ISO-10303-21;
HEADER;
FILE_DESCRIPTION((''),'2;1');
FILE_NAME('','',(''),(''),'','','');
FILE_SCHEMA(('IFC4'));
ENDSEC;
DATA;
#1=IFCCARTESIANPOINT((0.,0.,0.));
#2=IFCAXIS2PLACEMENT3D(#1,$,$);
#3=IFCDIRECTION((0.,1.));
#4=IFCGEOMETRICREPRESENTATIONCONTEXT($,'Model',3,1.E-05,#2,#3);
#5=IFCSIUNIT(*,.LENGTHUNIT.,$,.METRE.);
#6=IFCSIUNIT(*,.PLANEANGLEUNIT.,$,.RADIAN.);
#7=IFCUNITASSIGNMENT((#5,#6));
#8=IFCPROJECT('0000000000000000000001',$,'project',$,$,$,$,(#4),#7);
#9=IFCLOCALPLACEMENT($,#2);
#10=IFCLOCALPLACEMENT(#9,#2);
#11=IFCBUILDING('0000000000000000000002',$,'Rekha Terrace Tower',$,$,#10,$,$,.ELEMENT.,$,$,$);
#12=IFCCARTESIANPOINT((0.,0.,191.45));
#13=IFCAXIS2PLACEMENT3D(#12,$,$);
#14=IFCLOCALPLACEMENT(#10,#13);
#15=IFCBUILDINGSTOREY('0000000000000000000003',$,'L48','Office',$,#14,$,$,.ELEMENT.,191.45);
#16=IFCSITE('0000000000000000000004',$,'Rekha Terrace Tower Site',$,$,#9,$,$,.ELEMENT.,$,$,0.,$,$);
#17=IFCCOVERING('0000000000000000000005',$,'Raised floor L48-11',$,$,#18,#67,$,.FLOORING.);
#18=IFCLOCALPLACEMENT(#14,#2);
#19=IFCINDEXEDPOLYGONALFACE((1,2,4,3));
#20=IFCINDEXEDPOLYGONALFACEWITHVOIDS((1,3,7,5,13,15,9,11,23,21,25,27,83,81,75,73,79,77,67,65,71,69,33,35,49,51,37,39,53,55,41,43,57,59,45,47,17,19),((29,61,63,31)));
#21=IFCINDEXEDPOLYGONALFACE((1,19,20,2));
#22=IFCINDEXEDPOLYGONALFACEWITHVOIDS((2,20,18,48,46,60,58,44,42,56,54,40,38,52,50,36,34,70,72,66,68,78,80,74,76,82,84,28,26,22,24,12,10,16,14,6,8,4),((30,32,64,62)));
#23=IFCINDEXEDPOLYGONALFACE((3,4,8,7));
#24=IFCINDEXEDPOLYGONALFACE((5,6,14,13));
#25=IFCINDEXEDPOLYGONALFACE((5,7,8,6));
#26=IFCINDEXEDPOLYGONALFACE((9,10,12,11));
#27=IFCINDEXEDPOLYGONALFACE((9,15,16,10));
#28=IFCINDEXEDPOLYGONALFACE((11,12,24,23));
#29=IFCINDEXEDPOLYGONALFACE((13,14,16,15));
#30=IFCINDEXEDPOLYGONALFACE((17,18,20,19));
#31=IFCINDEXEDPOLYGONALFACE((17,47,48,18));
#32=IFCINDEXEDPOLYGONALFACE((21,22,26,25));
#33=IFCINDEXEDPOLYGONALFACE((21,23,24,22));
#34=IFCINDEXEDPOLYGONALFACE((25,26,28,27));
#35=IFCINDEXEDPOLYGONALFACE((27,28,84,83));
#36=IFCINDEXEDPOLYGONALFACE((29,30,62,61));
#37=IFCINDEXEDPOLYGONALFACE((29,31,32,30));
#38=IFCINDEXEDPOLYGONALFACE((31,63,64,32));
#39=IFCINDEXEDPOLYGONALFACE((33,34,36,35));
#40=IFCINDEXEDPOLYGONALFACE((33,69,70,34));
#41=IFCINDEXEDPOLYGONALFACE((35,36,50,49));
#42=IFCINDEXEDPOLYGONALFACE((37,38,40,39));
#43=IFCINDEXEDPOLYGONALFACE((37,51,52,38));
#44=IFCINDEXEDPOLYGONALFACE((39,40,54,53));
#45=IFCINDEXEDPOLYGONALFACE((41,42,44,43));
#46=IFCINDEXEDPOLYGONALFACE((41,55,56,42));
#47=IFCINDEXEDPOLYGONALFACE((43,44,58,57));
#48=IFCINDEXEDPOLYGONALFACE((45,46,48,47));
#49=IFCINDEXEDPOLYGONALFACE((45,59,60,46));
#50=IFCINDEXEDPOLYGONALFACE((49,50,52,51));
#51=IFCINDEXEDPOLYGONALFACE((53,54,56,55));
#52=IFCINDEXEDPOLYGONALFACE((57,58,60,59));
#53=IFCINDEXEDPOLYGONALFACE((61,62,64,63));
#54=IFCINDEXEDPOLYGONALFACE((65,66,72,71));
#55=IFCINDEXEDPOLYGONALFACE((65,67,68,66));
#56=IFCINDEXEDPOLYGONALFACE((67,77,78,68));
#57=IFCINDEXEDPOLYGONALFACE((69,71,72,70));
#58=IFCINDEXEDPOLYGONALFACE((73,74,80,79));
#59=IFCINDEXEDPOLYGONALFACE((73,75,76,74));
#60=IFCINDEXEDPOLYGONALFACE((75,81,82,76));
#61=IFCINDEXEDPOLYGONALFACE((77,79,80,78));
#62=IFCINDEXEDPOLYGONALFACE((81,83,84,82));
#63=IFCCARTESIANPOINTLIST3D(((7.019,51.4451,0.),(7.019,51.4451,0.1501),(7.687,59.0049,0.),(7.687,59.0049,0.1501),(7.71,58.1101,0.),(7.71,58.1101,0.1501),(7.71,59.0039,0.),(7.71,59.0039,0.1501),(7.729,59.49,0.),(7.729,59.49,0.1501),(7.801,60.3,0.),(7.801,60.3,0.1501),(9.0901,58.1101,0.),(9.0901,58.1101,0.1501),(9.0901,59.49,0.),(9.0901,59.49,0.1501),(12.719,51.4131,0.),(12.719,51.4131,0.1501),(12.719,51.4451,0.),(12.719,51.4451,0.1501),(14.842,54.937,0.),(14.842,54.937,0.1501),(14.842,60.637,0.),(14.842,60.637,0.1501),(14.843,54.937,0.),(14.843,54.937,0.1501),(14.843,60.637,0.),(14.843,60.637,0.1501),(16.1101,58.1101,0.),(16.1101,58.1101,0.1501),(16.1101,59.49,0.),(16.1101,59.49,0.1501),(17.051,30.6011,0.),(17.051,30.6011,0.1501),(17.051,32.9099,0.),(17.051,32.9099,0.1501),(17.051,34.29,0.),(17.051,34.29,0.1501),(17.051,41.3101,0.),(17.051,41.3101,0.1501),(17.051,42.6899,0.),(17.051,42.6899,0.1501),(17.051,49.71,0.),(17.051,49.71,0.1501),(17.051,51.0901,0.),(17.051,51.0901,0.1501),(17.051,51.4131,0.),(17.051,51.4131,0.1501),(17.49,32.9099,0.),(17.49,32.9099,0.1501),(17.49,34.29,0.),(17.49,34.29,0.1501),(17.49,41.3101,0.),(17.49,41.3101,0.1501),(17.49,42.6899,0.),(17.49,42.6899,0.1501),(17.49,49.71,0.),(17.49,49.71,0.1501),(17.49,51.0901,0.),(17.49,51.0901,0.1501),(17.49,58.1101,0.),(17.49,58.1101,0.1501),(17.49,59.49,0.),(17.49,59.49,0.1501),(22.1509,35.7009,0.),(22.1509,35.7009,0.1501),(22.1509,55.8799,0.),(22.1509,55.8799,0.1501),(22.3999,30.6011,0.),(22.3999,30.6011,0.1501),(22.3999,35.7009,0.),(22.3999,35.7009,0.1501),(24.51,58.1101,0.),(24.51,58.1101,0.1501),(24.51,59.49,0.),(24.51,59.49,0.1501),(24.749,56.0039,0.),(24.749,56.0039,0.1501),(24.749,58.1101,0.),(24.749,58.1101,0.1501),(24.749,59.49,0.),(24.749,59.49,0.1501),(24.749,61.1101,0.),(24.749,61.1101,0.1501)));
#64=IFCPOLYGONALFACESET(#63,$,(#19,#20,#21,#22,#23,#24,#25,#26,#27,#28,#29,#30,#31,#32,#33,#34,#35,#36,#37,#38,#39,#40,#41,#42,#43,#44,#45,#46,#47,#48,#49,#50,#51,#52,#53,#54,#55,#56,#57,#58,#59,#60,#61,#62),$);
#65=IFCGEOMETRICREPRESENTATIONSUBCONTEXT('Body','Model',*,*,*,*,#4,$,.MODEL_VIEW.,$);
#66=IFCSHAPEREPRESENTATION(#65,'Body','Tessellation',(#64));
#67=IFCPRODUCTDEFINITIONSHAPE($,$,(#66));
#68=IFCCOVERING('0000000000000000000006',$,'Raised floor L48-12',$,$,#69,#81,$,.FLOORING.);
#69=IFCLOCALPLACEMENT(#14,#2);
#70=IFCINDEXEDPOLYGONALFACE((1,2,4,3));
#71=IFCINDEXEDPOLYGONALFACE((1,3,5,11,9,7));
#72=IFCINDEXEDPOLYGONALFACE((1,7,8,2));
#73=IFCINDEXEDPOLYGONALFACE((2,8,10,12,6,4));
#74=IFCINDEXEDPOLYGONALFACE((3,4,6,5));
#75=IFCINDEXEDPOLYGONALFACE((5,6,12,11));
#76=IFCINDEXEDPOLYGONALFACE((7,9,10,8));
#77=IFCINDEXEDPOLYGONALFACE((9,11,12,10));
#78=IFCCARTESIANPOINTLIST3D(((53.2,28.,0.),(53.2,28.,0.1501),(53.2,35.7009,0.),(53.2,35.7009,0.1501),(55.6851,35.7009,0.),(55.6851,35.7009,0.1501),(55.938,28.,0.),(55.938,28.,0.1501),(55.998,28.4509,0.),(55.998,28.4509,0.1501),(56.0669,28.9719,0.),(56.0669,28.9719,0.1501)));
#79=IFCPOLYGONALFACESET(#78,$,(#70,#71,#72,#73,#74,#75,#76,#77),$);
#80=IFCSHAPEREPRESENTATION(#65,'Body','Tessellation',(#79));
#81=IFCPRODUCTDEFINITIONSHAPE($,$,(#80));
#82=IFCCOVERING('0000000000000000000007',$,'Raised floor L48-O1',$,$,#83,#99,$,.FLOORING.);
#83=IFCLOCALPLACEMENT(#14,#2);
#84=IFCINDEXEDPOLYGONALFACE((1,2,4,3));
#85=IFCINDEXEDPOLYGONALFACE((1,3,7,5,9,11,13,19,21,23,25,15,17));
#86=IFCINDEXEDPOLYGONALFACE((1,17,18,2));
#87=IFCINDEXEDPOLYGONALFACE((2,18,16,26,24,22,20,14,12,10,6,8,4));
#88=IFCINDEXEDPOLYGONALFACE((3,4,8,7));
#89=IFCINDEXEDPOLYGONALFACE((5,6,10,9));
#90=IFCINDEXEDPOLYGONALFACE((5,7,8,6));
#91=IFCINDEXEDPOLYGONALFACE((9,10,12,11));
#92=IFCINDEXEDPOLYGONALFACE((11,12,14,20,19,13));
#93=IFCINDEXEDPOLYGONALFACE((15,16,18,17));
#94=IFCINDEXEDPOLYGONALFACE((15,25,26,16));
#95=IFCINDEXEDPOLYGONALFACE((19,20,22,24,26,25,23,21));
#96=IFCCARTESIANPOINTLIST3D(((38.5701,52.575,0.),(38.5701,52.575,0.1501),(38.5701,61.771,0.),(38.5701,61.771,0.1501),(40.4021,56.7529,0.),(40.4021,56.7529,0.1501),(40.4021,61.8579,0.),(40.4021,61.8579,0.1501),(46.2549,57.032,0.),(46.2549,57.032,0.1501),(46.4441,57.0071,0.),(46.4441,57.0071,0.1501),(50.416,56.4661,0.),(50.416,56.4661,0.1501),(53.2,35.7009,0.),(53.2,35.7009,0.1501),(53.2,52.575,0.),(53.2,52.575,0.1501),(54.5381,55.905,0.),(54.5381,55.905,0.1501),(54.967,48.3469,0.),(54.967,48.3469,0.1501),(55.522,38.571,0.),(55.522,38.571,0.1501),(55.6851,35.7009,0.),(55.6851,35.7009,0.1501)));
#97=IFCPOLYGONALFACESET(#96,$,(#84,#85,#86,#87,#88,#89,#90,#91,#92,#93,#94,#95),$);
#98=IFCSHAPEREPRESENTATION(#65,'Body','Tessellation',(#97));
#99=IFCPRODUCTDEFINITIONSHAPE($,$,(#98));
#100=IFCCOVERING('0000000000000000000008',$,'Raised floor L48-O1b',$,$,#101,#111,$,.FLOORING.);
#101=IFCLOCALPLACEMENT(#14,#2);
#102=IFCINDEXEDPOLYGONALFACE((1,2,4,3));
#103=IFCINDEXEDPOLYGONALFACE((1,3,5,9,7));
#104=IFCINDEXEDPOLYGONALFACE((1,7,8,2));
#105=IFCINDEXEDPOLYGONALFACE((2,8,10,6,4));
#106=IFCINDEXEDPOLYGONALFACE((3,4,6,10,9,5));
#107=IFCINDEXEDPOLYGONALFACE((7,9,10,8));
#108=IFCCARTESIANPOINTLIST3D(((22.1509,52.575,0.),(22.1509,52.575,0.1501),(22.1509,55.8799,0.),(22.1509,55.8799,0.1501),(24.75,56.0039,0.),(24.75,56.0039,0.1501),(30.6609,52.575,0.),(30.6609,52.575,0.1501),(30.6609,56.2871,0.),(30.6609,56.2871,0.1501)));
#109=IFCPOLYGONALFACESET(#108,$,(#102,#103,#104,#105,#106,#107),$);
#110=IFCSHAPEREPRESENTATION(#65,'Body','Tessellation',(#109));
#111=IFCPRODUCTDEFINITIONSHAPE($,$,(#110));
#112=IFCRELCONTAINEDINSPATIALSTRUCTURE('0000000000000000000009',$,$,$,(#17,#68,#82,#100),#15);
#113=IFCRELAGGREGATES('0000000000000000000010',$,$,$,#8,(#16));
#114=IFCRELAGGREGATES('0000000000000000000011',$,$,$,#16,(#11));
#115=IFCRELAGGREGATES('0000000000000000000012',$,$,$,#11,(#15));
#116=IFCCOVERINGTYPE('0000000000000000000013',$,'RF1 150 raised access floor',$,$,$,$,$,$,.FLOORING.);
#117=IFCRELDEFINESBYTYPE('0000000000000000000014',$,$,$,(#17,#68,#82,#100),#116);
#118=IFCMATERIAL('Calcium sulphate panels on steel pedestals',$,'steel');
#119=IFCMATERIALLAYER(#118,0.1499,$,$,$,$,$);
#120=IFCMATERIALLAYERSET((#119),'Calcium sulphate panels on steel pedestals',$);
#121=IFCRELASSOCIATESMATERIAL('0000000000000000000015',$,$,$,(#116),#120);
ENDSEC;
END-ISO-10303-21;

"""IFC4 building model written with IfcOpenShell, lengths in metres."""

from ifc_helpers import new_model, si_unit, direction, frame, origin, place, context, subcontext, project, spatial, polyline, outline, extrude, material, layer, layer_set, type_object, element, save


model = new_model("IFC4")

# Units and contexts
model_context = context("Model", 3, precision=1e-05, world=origin(), true_north=direction((0.0, 1.0)))
body_context = subcontext(model_context, "Body", "Model", "MODEL_VIEW")
ifc_project = project(units=[si_unit("LENGTHUNIT", "METRE"), si_unit("PLANEANGLEUNIT", "RADIAN")], contexts=[model_context])

# Site, building, storey
site_placement = place(None, origin())
site = spatial("IfcSite", under=ifc_project, at=site_placement, Name="Rekha Terrace Tower Site", CompositionType="ELEMENT", RefElevation=0.0)
building_placement = place(site_placement, origin())
building = spatial("IfcBuilding", under=site, at=building_placement, Name="Rekha Terrace Tower", CompositionType="ELEMENT")
storey_placement = place(building_placement, frame((0.0, 0.0, 191.45)))
storey = spatial("IfcBuildingStorey", under=building, at=storey_placement, Name="L48", Description="Office", CompositionType="ELEMENT", Elevation=191.45)

# Coverings
ifc_material_1 = material(Name="Calcium sulphate panels on steel pedestals", Category="steel")
ifc_layer_1 = layer(ifc_material_1, 0.1499)
ifc_layer_set_1 = layer_set([ifc_layer_1], Name="Calcium sulphate panels on steel pedestals")
covering_type_1 = type_object("IfcCoveringType", Name="RF1 150 raised access floor", PredefinedType="FLOORING", material=ifc_layer_set_1)
covering_1_placement = place(storey_placement, origin())
element("IfcCovering", 1, at=covering_1_placement, inside=storey, type_object=covering_type_1, Name="Raised floor L48-11", PredefinedType="FLOORING", context=body_context, shape_type="SweptSolid", body=[
    extrude(outline(polyline([(7.687, 59.0049), (7.019, 51.4451), (12.719, 51.4451), (12.719, 51.4131), (17.051, 51.4131), (17.051, 51.0901), (17.49, 51.0901), (17.49, 49.71), (17.051, 49.71), (17.051, 42.6899), (17.49, 42.6899), (17.49, 41.3101), (17.051, 41.3101), (17.051, 34.29), (17.49, 34.29), (17.49, 32.9099), (17.051, 32.9099), (17.051, 30.6011), (22.3999, 30.6011), (22.3999, 35.7009), (22.1509, 35.7009), (22.1509, 55.8799), (24.749, 56.0039), (24.749, 58.1101), (24.51, 58.1101), (24.51, 59.49), (24.749, 59.49), (24.749, 61.1101), (14.843, 60.637), (14.843, 54.937), (14.842, 54.937), (14.842, 60.637), (7.801, 60.3), (7.729, 59.49), (9.0901, 59.49), (9.0901, 58.1101), (7.71, 58.1101), (7.71, 59.0039), (7.687, 59.0049)]), holes=[polyline([(17.49, 59.49), (17.49, 58.1101), (16.1101, 58.1101), (16.1101, 59.49), (17.49, 59.49)])]), origin(), (0.0, 0.0, 1.0), 0.1501),
])
covering_2_placement = place(storey_placement, origin())
element("IfcCovering", 2, at=covering_2_placement, inside=storey, type_object=covering_type_1, Name="Raised floor L48-12", PredefinedType="FLOORING", context=body_context, shape_type="SweptSolid", body=[
    extrude(outline(polyline([(55.6851, 35.7009), (53.2, 35.7009), (53.2, 28.0), (55.938, 28.0), (55.998, 28.4509), (56.0669, 28.9719), (55.6851, 35.7009)])), origin(), (0.0, 0.0, 1.0), 0.1501),
])
covering_3_placement = place(storey_placement, origin())
element("IfcCovering", 3, at=covering_3_placement, inside=storey, type_object=covering_type_1, Name="Raised floor L48-O1", PredefinedType="FLOORING", context=body_context, shape_type="SweptSolid", body=[
    extrude(outline(polyline([(50.416, 56.4661), (46.4441, 57.0071), (46.2549, 57.032), (40.4021, 56.7529), (40.4021, 61.8579), (38.5701, 61.771), (38.5701, 52.575), (53.2, 52.575), (53.2, 35.7009), (55.6851, 35.7009), (55.522, 38.571), (54.967, 48.3469), (54.5381, 55.905), (50.416, 56.4661)])), origin(), (0.0, 0.0, 1.0), 0.1501),
])
covering_4_placement = place(storey_placement, origin())
element("IfcCovering", 4, at=covering_4_placement, inside=storey, type_object=covering_type_1, Name="Raised floor L48-O1b", PredefinedType="FLOORING", context=body_context, shape_type="SweptSolid", body=[
    extrude(outline(polyline([(30.6609, 56.2871), (24.75, 56.0039), (22.1509, 55.8799), (22.1509, 52.575), (30.6609, 52.575), (30.6609, 56.2871)])), origin(), (0.0, 0.0, 1.0), 0.1501),
])

save(model, "model.ifc")
